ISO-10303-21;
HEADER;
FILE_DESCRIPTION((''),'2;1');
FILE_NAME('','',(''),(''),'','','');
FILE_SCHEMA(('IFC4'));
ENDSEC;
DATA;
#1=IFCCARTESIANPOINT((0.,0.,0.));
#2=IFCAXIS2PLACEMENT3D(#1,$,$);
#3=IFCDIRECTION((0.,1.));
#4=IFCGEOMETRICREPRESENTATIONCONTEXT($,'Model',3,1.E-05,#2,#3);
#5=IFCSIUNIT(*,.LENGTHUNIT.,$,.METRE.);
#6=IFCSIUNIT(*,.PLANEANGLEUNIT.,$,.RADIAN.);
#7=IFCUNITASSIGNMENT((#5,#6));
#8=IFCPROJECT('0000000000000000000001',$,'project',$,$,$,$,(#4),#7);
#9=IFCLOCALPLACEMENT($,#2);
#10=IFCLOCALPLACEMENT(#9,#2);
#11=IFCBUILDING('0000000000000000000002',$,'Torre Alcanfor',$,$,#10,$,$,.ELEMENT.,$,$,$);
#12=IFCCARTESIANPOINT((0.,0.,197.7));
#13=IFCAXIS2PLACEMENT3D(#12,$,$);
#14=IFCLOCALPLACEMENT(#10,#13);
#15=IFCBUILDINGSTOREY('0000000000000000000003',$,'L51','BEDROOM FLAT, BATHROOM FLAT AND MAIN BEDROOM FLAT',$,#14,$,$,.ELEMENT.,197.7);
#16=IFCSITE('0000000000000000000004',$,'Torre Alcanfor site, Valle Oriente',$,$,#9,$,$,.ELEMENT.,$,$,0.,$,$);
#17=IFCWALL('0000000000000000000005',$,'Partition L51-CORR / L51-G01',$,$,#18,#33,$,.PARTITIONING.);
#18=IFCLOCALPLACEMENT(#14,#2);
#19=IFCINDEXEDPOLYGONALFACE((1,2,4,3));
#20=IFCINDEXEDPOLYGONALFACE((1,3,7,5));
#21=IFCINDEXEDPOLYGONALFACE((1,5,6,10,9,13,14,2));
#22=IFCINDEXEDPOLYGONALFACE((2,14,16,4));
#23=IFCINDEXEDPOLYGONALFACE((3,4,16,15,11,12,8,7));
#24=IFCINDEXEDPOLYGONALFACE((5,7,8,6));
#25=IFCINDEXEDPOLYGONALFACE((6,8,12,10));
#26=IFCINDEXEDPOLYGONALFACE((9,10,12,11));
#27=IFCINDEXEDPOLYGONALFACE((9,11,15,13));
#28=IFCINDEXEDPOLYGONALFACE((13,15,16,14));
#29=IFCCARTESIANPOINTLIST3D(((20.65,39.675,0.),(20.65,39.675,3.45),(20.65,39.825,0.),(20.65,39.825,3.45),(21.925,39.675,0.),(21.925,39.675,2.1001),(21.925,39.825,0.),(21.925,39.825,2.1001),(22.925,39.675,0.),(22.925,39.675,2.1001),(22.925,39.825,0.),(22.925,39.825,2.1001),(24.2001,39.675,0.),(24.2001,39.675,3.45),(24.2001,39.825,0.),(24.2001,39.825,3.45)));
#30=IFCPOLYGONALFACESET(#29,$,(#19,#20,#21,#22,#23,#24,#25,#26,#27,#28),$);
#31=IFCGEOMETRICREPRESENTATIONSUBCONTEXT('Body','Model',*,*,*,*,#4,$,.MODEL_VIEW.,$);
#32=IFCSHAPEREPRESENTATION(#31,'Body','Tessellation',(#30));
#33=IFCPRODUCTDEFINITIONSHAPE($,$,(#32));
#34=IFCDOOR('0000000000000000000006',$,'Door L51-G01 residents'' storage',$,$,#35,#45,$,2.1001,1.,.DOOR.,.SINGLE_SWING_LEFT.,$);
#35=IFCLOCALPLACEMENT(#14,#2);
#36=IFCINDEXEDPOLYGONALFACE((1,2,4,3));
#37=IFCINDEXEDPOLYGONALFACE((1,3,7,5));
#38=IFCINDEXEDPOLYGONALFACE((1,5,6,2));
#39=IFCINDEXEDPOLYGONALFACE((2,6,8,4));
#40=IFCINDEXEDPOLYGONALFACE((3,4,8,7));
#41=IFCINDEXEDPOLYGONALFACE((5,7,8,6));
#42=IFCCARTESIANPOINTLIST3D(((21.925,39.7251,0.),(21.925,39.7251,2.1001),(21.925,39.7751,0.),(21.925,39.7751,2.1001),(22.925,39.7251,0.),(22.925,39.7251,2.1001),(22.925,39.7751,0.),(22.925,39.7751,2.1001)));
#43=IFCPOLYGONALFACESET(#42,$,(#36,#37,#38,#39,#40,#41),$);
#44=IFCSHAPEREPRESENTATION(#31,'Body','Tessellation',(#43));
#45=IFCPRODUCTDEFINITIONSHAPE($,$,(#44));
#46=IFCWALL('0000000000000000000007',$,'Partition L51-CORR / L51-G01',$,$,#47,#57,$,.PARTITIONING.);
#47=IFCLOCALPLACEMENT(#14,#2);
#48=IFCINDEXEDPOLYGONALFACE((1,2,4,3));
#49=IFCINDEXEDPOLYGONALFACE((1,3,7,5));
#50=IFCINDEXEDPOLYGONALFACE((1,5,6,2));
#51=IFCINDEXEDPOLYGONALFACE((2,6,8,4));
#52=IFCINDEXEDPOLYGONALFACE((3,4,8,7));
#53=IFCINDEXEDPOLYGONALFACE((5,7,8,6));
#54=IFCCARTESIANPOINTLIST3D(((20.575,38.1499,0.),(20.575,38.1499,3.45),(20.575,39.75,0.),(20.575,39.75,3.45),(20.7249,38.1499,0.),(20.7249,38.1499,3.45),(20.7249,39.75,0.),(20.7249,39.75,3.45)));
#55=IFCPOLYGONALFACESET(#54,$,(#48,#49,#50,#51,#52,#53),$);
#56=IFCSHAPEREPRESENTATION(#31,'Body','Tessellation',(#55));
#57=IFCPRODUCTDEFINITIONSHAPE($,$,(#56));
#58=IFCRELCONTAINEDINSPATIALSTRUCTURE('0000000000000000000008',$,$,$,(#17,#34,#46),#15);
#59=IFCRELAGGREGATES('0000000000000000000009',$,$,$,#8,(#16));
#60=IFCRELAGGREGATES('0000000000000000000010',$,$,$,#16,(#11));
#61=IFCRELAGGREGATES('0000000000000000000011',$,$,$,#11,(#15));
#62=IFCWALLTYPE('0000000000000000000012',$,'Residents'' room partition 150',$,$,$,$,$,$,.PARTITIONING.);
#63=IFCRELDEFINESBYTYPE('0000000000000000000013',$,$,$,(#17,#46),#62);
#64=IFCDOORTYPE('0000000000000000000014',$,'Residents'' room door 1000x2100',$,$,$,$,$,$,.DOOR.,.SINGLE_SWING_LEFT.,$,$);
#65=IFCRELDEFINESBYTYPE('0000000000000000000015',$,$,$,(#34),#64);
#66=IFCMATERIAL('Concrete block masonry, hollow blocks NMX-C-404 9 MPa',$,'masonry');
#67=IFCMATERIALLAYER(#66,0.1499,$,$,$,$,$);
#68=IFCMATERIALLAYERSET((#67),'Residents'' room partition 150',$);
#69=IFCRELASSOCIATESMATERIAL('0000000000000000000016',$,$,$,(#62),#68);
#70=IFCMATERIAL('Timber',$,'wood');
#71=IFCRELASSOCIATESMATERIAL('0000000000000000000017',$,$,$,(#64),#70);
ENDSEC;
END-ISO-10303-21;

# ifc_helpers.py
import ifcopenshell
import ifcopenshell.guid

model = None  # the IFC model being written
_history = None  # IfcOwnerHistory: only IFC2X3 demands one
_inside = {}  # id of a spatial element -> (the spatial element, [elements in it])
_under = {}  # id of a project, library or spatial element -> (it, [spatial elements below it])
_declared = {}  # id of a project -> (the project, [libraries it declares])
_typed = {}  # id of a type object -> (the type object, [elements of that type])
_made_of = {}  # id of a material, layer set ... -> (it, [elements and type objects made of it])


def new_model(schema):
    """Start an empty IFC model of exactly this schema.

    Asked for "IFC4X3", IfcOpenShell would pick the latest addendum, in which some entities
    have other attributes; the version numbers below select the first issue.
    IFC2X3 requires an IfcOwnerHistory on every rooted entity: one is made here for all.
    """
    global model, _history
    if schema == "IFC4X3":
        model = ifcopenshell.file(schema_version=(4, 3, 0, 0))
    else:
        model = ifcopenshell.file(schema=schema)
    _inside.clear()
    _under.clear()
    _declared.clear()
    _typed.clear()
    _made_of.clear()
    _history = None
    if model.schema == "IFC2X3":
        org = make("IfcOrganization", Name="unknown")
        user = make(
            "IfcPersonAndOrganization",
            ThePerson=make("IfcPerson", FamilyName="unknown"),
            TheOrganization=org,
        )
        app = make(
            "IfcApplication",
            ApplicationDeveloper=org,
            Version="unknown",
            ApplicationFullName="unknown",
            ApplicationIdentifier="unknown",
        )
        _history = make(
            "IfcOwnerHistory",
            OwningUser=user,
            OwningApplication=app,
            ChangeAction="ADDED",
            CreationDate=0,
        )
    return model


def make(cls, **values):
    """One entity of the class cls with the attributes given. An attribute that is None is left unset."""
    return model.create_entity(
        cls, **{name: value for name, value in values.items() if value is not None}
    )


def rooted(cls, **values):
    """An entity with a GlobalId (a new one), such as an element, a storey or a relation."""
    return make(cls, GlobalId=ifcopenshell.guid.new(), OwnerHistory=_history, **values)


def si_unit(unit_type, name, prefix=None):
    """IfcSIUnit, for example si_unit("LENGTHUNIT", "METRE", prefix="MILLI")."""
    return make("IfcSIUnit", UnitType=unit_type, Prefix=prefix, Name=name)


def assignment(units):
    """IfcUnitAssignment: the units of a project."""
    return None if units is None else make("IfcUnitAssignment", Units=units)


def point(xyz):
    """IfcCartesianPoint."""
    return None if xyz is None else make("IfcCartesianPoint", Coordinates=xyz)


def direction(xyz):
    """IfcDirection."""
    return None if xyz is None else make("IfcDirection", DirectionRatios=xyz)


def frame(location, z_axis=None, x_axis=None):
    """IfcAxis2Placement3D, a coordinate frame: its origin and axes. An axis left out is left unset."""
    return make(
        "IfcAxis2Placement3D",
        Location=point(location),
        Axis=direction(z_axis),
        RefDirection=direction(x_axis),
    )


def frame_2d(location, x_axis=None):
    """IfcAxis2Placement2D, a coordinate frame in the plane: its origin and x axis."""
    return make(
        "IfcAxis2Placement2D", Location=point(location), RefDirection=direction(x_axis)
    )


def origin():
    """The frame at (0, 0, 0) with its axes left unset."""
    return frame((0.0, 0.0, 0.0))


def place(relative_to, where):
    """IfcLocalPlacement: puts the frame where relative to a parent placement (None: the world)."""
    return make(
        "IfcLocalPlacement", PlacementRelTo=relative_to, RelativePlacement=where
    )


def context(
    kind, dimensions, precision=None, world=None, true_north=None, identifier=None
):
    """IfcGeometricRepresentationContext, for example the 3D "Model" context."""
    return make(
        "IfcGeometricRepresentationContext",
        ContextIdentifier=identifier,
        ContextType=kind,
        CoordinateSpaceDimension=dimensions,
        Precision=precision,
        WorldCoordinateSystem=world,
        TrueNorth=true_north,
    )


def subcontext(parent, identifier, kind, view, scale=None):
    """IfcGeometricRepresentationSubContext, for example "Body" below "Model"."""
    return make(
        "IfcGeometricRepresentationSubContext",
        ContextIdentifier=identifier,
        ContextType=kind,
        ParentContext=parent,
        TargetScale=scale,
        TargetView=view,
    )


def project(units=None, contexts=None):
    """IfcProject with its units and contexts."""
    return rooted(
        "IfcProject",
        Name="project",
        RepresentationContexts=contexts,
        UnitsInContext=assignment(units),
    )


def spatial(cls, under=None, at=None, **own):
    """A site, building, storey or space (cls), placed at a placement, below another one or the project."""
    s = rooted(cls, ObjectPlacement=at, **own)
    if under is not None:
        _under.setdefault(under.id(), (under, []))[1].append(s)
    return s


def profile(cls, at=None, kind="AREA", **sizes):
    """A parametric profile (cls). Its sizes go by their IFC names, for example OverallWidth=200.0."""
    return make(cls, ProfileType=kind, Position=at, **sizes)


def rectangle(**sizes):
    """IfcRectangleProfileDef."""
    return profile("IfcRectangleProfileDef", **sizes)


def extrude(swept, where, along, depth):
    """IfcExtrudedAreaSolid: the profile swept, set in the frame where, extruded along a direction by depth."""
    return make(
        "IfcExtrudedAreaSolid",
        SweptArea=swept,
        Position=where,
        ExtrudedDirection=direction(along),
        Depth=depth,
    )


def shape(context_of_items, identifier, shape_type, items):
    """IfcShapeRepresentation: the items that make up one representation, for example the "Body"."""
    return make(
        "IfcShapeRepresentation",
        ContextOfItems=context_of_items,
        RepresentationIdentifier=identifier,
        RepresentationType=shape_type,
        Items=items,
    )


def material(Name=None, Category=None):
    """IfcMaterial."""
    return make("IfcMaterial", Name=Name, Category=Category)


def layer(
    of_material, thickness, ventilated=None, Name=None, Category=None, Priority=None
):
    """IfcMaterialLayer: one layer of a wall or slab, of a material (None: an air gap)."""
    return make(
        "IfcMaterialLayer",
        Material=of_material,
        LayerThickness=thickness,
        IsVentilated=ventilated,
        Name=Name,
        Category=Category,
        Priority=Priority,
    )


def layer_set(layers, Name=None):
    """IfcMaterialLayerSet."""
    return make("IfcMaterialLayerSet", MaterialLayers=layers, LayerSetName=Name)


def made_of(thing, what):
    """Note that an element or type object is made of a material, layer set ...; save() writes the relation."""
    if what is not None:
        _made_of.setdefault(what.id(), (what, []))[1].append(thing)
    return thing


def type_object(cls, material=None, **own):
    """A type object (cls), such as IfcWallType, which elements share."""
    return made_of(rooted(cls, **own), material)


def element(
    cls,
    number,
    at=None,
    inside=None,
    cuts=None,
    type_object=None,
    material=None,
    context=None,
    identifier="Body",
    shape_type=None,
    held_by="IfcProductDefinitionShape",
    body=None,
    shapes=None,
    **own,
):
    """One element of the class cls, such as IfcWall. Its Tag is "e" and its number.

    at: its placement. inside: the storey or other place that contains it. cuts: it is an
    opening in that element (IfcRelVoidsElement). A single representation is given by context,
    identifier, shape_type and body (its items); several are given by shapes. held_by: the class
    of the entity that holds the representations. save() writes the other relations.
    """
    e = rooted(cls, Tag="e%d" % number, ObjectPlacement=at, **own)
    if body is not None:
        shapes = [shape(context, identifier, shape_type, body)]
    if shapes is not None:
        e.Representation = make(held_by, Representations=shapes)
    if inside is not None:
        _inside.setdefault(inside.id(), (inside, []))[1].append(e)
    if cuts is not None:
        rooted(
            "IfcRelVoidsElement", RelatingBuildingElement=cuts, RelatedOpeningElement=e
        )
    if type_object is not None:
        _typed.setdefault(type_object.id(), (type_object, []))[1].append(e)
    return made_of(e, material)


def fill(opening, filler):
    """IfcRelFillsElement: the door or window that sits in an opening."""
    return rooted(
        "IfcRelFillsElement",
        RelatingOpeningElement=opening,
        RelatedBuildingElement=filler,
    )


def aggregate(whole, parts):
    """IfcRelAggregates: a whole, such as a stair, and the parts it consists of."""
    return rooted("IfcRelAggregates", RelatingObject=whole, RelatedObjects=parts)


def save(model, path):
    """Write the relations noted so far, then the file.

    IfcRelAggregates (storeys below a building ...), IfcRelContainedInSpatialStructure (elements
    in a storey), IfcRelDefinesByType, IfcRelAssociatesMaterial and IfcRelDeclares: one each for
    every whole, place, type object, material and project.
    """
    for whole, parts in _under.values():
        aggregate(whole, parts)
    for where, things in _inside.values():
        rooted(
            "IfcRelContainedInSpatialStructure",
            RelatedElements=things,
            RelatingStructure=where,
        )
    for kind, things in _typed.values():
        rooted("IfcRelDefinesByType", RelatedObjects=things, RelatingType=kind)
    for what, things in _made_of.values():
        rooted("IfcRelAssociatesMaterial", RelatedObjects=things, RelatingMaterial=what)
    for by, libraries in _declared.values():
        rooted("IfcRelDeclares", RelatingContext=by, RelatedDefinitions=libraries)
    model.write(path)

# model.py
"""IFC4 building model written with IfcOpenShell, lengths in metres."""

from ifc_helpers import new_model, si_unit, direction, frame, frame_2d, origin, place, context, subcontext, project, spatial, rectangle, extrude, material, layer, layer_set, type_object, element, fill, save


model = new_model("IFC4")

# Units and contexts
model_context = context("Model", 3, precision=1e-05, world=origin(), true_north=direction((0.0, 1.0)))
body_context = subcontext(model_context, "Body", "Model", "MODEL_VIEW")
ifc_project = project(units=[si_unit("LENGTHUNIT", "METRE"), si_unit("PLANEANGLEUNIT", "RADIAN")], contexts=[model_context])

# Site, building, storey
site_placement = place(None, origin())
site = spatial("IfcSite", under=ifc_project, at=site_placement, Name="Torre Alcanfor site, Valle Oriente", CompositionType="ELEMENT", RefElevation=0.0)
building_placement = place(site_placement, origin())
building = spatial("IfcBuilding", under=site, at=building_placement, Name="Torre Alcanfor", CompositionType="ELEMENT")
storey_placement = place(building_placement, frame((0.0, 0.0, 197.7)))
storey = spatial("IfcBuildingStorey", under=building, at=storey_placement, Name="L51", Description="BEDROOM FLAT, BATHROOM FLAT AND MAIN BEDROOM FLAT", CompositionType="ELEMENT", Elevation=197.7)

# Shared definitions
ifc_material_1 = material(Name="Concrete block masonry, hollow blocks NMX-C-404 9 MPa", Category="masonry")
ifc_layer_1 = layer(ifc_material_1, 0.1499)
ifc_layer_set_1 = layer_set([ifc_layer_1], Name="Residents' room partition 150")
wall_type_1 = type_object("IfcWallType", Name="Residents' room partition 150", PredefinedType="PARTITIONING", material=ifc_layer_set_1)

# Wall, opening, door
wall_1_placement = place(storey_placement, frame((24.2, 39.75, 0.0), z_axis=(0.0, 0.0, 1.0), x_axis=(-1.0, 0.0, 0.0)))
wall_1 = element("IfcWall", 1, at=wall_1_placement, inside=storey, type_object=wall_type_1, Name="Partition L51-CORR / L51-G01", PredefinedType="PARTITIONING", context=body_context, shape_type="SweptSolid", body=[
    extrude(rectangle(XDim=3.55, YDim=0.1499, at=frame_2d((1.7749, 0.0))), origin(), (0.0, 0.0, 1.0), 3.45),
])
opening_1_placement = place(wall_1_placement, frame((1.2749, 0.0, 0.0)))
opening_1 = element("IfcOpeningElement", 2, at=opening_1_placement, cuts=wall_1, PredefinedType="OPENING", context=body_context, shape_type="SweptSolid", body=[
    extrude(rectangle(XDim=1.0, YDim=2.1001, at=frame_2d((0.5, 1.05))), frame((0.0, 0.085, 0.0), z_axis=(0.0, -1.0, 0.0), x_axis=(1.0, 0.0, 0.0)), (0.0, 0.0, 1.0), 0.1699),
])
ifc_material_2 = material(Name="Timber", Category="wood")
door_type_1 = type_object("IfcDoorType", Name="Residents' room door 1000x2100", OperationType="SINGLE_SWING_LEFT", PredefinedType="DOOR", material=ifc_material_2)
door_1_placement = place(opening_1_placement, origin())
door_1 = element("IfcDoor", 3, at=door_1_placement, inside=storey, type_object=door_type_1, Name="Door L51-G01 residents' storage", OperationType="SINGLE_SWING_LEFT", OverallHeight=2.1001, OverallWidth=1.0, PredefinedType="DOOR", context=body_context, shape_type="SweptSolid", body=[
    extrude(rectangle(XDim=1.0, YDim=2.1001, at=frame_2d((0.5, 1.05))), frame((0.0, 0.0249, 0.0), z_axis=(0.0, -1.0, 0.0), x_axis=(1.0, 0.0, 0.0)), (0.0, 0.0, 1.0), 0.05),
])
fill(opening_1, door_1)

# Wall
wall_2_placement = place(storey_placement, frame((20.6499, 39.75, 0.0), z_axis=(0.0, 0.0, 1.0), x_axis=(0.0, -1.0, 0.0)))
element("IfcWall", 4, at=wall_2_placement, inside=storey, type_object=wall_type_1, Name="Partition L51-CORR / L51-G01", PredefinedType="PARTITIONING", context=body_context, shape_type="SweptSolid", body=[
    extrude(rectangle(XDim=1.6001, YDim=0.1499, at=frame_2d((0.8, 0.0))), origin(), (0.0, 0.0, 1.0), 3.45),
])

save(model, "model.ifc")
